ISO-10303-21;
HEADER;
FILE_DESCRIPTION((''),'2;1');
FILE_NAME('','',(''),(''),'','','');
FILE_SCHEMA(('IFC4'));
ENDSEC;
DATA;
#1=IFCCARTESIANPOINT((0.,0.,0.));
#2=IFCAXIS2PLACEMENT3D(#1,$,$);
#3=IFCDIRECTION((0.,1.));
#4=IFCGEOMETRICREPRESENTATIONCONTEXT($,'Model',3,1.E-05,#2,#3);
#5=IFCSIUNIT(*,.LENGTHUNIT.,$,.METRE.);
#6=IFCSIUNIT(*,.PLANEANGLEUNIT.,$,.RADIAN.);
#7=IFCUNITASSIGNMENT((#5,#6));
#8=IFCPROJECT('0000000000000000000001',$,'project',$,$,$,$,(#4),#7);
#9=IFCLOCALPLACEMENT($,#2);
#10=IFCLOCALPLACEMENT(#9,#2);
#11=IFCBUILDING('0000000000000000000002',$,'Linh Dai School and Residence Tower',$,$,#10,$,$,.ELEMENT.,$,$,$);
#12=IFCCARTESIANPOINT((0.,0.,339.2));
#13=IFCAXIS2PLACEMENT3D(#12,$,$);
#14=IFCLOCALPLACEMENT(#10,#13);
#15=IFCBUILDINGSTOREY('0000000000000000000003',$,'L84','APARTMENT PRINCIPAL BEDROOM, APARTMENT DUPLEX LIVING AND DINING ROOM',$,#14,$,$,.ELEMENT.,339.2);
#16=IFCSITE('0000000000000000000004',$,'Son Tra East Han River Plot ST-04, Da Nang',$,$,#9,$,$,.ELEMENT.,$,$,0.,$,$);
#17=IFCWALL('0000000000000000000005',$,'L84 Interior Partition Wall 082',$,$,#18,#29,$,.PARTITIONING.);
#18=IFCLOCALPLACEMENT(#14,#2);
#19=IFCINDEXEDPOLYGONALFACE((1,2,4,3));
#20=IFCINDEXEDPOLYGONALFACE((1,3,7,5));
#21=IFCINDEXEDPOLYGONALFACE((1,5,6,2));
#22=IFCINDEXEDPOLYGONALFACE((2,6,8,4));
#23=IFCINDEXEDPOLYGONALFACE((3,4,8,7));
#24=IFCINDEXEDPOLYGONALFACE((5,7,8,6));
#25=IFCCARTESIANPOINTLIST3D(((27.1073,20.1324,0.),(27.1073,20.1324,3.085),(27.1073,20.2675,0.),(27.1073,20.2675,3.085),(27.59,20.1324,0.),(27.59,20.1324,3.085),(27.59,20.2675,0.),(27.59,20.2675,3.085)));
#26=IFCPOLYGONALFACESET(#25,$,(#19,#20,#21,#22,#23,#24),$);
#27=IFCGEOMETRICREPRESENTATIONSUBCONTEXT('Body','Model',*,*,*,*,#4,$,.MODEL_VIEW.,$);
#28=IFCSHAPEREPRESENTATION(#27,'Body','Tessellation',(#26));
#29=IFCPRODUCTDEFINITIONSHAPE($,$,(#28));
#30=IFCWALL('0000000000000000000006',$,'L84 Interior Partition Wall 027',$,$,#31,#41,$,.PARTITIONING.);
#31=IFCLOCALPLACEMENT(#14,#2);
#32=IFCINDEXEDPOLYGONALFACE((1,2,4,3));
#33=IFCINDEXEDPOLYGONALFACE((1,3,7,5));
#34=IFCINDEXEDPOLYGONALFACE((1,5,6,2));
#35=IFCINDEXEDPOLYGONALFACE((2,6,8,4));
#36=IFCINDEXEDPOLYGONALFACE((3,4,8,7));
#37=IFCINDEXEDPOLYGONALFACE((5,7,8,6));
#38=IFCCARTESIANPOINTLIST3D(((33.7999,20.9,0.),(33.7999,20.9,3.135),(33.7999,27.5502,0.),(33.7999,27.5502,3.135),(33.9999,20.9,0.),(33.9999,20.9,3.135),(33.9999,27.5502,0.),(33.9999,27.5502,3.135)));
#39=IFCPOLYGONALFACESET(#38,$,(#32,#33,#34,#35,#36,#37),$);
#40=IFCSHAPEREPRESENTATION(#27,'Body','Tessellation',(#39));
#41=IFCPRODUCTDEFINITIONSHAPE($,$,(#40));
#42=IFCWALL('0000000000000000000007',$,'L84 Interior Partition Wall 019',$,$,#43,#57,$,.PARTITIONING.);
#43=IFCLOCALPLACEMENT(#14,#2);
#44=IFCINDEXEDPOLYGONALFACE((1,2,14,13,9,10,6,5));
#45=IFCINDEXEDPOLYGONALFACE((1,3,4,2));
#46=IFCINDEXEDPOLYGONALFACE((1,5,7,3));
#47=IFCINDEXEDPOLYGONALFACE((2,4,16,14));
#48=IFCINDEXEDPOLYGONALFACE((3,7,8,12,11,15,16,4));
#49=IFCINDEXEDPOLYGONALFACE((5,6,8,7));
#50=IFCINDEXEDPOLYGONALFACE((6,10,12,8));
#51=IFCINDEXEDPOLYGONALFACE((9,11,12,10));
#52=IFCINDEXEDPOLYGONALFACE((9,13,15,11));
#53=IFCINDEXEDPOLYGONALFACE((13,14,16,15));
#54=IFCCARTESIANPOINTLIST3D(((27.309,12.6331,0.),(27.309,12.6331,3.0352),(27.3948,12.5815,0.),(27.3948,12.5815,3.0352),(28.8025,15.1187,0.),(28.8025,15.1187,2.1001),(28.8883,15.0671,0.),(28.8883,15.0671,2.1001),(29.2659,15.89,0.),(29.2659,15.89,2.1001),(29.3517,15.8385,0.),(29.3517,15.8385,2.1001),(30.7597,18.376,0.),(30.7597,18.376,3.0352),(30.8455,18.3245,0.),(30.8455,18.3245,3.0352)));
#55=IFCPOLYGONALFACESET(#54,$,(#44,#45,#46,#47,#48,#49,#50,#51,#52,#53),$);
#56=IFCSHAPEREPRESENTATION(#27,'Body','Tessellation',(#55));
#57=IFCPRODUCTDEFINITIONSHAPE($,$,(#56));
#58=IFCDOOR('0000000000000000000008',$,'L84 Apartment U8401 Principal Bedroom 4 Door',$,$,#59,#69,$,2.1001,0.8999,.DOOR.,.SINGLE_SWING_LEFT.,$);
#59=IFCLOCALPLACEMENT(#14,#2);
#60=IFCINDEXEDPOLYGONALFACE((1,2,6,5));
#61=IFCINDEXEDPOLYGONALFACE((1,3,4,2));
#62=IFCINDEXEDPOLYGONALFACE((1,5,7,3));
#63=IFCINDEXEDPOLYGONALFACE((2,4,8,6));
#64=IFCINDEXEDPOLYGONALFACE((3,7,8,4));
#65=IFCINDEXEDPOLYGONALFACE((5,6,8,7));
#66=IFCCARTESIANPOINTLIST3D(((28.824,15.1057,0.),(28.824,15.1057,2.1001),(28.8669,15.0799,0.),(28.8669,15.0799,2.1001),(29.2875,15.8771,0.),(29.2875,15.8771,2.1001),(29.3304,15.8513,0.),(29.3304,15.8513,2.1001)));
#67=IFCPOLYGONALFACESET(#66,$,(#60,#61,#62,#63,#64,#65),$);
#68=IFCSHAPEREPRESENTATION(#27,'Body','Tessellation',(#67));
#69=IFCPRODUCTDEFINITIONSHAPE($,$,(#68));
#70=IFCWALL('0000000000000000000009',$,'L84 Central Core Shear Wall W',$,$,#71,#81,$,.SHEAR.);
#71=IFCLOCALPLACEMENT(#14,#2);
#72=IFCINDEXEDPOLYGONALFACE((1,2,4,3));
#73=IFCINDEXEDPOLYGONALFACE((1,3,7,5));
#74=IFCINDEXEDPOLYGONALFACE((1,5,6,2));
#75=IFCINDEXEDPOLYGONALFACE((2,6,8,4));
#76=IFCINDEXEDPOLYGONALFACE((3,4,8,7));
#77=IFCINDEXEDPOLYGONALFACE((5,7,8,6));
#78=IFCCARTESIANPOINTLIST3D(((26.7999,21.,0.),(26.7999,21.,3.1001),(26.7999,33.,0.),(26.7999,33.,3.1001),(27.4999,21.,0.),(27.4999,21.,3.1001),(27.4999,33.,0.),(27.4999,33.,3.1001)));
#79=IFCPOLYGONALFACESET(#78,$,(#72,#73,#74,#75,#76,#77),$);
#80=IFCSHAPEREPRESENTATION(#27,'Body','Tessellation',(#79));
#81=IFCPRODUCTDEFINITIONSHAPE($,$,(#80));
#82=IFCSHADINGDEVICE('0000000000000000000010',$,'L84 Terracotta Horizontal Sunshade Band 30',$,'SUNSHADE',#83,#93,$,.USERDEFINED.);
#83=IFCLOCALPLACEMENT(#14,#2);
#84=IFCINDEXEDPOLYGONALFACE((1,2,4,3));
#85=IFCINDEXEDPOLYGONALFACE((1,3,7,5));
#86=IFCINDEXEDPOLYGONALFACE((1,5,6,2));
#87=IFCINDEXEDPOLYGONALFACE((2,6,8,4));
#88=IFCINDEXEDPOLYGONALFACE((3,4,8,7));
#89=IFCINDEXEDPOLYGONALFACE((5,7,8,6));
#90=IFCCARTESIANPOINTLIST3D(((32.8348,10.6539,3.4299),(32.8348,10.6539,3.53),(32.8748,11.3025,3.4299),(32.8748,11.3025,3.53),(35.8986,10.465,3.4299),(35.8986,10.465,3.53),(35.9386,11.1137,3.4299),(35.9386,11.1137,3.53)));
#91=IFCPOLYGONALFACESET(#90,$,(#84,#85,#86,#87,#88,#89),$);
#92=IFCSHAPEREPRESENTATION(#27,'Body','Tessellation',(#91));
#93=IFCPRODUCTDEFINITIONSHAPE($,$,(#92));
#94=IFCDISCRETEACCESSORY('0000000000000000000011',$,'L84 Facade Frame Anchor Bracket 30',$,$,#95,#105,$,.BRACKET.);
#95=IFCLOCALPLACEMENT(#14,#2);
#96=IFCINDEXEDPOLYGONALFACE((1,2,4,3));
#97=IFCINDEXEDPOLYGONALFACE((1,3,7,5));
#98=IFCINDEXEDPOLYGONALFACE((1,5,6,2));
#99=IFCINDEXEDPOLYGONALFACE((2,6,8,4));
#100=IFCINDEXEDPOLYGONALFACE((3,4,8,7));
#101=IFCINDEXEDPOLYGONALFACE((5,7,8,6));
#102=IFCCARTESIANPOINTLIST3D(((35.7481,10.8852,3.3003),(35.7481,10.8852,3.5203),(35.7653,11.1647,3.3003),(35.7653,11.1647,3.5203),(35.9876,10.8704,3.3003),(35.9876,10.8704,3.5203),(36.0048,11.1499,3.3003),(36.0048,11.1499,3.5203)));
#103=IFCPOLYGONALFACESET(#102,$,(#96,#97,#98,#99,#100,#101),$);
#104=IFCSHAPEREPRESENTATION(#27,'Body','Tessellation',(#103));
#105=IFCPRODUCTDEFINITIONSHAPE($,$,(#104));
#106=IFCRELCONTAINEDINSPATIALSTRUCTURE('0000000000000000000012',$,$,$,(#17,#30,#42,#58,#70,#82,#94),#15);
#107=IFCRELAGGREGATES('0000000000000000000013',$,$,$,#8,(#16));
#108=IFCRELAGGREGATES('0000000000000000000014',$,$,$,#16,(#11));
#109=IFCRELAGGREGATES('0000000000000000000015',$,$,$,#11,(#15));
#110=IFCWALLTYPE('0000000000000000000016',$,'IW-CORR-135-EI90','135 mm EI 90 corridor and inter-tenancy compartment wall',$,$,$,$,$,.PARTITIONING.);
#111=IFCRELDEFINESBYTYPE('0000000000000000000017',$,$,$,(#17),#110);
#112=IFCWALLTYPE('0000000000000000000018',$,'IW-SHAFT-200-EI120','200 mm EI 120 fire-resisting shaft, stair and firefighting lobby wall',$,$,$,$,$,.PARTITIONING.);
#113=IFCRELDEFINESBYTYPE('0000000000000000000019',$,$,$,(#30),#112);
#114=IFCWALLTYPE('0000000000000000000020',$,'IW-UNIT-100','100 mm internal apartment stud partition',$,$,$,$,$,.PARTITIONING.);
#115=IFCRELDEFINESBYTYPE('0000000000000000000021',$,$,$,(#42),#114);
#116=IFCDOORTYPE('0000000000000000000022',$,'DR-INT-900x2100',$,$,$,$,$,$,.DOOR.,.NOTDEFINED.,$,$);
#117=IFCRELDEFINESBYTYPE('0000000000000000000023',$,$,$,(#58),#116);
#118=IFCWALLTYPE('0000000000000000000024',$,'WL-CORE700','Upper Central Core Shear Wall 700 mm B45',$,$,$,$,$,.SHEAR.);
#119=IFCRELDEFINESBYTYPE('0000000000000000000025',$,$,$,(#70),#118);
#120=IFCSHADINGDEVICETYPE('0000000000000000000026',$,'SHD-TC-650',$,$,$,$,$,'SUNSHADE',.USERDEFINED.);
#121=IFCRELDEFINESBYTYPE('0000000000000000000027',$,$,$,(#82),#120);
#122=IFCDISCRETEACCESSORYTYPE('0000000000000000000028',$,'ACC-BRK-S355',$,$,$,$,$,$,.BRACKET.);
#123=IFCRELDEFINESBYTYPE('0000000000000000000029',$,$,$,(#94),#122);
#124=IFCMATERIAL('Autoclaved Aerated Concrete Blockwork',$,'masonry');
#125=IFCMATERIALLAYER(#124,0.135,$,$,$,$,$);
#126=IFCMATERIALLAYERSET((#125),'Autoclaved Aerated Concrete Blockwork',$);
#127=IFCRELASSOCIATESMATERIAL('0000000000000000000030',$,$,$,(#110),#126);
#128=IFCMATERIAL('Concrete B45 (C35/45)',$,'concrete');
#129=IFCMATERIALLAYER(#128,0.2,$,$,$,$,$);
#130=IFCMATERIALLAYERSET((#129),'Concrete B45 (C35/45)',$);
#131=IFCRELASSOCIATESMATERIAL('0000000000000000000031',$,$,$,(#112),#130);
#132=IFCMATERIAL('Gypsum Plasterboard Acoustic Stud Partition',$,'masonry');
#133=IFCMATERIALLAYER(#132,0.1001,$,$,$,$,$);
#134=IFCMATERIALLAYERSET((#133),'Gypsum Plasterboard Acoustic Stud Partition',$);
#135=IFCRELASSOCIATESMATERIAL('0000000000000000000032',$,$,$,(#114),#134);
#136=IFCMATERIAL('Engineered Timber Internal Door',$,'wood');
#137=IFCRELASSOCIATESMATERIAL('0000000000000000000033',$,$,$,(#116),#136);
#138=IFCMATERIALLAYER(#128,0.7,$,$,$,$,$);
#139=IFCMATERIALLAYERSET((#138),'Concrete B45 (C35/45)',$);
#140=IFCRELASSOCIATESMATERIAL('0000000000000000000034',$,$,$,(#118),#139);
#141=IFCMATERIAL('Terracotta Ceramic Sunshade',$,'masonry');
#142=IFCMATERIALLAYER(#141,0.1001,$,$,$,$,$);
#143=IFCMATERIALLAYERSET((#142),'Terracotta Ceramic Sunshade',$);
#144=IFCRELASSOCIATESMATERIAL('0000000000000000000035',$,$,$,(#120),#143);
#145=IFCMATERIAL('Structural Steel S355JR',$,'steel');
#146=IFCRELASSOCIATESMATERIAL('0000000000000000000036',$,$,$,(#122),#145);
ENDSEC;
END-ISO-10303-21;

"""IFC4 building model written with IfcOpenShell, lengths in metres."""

from ifc_helpers import new_model, si_unit, direction, frame, frame_2d, origin, origin_2d, place, context, subcontext, project, spatial, rectangle, extrude, source, transform, mapped, material, layer, layer_set, type_object, element, fill, save


model = new_model("IFC4")

# Units and contexts
model_context = context("Model", 3, precision=1e-05, world=origin(), true_north=direction((0.0, 1.0)))
body_context = subcontext(model_context, "Body", "Model", "MODEL_VIEW")
ifc_project = project(units=[si_unit("LENGTHUNIT", "METRE"), si_unit("PLANEANGLEUNIT", "RADIAN")], contexts=[model_context])

# Site, building, storey
site_placement = place(None, origin())
site = spatial("IfcSite", under=ifc_project, at=site_placement, Name="Son Tra East Han River Plot ST-04, Da Nang", CompositionType="ELEMENT", RefElevation=0.0)
building_placement = place(site_placement, origin())
building = spatial("IfcBuilding", under=site, at=building_placement, Name="Linh Dai School and Residence Tower", CompositionType="ELEMENT")
storey_placement = place(building_placement, frame((0.0, 0.0, 339.2)))
storey = spatial("IfcBuildingStorey", under=building, at=storey_placement, Name="L84", Description="APARTMENT PRINCIPAL BEDROOM, APARTMENT DUPLEX LIVING AND DINING ROOM", CompositionType="ELEMENT", Elevation=339.2)

# Shared definitions
ifc_material_1 = material(Name="Concrete B45 (C35/45)", Category="concrete")
ifc_material_2 = material(Name="Structural Steel S355JR", Category="steel")

# Shared definitions
ifc_material_3 = material(Name="Autoclaved Aerated Concrete Blockwork", Category="masonry")
ifc_layer_1 = layer(ifc_material_3, 0.135)
ifc_layer_set_1 = layer_set([ifc_layer_1], Name="Autoclaved Aerated Concrete Blockwork")
wall_type_1 = type_object("IfcWallType", Name="IW-CORR-135-EI90", Description="135 mm EI 90 corridor and inter-tenancy compartment wall", PredefinedType="PARTITIONING", material=ifc_layer_set_1)

# Walls
wall_1_placement = place(storey_placement, frame((27.1074, 20.2, 0.0), z_axis=(0.0, 0.0, 1.0), x_axis=(1.0, 0.0, 0.0)))
element("IfcWall", 1, at=wall_1_placement, inside=storey, type_object=wall_type_1, Name="L84 Interior Partition Wall 082", PredefinedType="PARTITIONING", context=body_context, shape_type="SweptSolid", body=[
    extrude(rectangle(XDim=0.4827, YDim=0.135, at=frame_2d((0.2412, 0.0))), origin(), (0.0, 0.0, 1.0), 3.085),
])
ifc_layer_2 = layer(ifc_material_1, 0.2)
ifc_layer_set_2 = layer_set([ifc_layer_2], Name="Concrete B45 (C35/45)")
wall_type_2 = type_object("IfcWallType", Name="IW-SHAFT-200-EI120", Description="200 mm EI 120 fire-resisting shaft, stair and firefighting lobby wall", PredefinedType="PARTITIONING", material=ifc_layer_set_2)
wall_2_placement = place(storey_placement, frame((33.8999, 20.8999, 0.0), z_axis=(0.0, 0.0, 1.0), x_axis=(0.0, 1.0, 0.0)))
element("IfcWall", 2, at=wall_2_placement, inside=storey, type_object=wall_type_2, Name="L84 Interior Partition Wall 027", PredefinedType="PARTITIONING", context=body_context, shape_type="SweptSolid", body=[
    extrude(rectangle(XDim=6.6501, YDim=0.2, at=frame_2d((3.3252, 0.0))), origin(), (0.0, 0.0, 1.0), 3.135),
])

# Wall, opening, door
ifc_material_4 = material(Name="Gypsum Plasterboard Acoustic Stud Partition", Category="masonry")
ifc_layer_3 = layer(ifc_material_4, 0.1001)
ifc_layer_set_3 = layer_set([ifc_layer_3], Name="Gypsum Plasterboard Acoustic Stud Partition")
wall_type_3 = type_object("IfcWallType", Name="IW-UNIT-100", Description="100 mm internal apartment stud partition", PredefinedType="PARTITIONING", material=ifc_layer_set_3)
wall_3_placement = place(storey_placement, frame((27.3518, 12.6072, 0.0), z_axis=(0.0, 0.0, 1.0), x_axis=(0.515037, 0.857168, 0.0)))
wall_3 = element("IfcWall", 3, at=wall_3_placement, inside=storey, type_object=wall_type_3, Name="L84 Interior Partition Wall 019", PredefinedType="PARTITIONING", context=body_context, shape_type="SweptSolid", body=[
    extrude(rectangle(XDim=6.7, YDim=0.1001, at=frame_2d((3.3501, 0.0))), origin(), (0.0, 0.0, 1.0), 3.0352),
])
opening_1_placement = place(wall_3_placement, frame((2.8999, 0.0, 0.0)))
opening_1 = element("IfcOpeningElement", 4, at=opening_1_placement, cuts=wall_3, PredefinedType="OPENING", context=body_context, shape_type="SweptSolid", body=[
    extrude(rectangle(XDim=0.8999, YDim=2.1001, at=origin_2d()), frame((0.45, 0.0601, 1.05), z_axis=(0.0, -1.0, 0.0), x_axis=(1.0, 0.0, 0.0)), (0.0, 0.0, 1.0), 0.1201),
])
ifc_material_5 = material(Name="Engineered Timber Internal Door", Category="wood")
door_type_1 = type_object("IfcDoorType", Name="DR-INT-900x2100", OperationType="NOTDEFINED", PredefinedType="DOOR", material=ifc_material_5)
shared_shape_1 = source(origin(), body_context, "Body", "SweptSolid", [
    extrude(rectangle(XDim=0.8999, YDim=2.1001, at=origin_2d()), frame((0.45, 0.0249, 1.05), z_axis=(0.0, -1.0, 0.0), x_axis=(1.0, 0.0, 0.0)), (0.0, 0.0, 1.0), 0.05),
])
door_1_placement = place(opening_1_placement, origin())
door_1 = element("IfcDoor", 5, at=door_1_placement, inside=storey, type_object=door_type_1, Name="L84 Apartment U8401 Principal Bedroom 4 Door", OperationType="SINGLE_SWING_LEFT", OverallHeight=2.1001, OverallWidth=0.8999, PredefinedType="DOOR", context=body_context, shape_type="MappedRepresentation", body=[
    mapped(shared_shape_1, transform((0.0, 0.0, 0.0), x_axis=(1.0, 0.0, 0.0), y_axis=(0.0, 1.0, 0.0), z_axis=(0.0, 0.0, 1.0), scale=1.0)),
])
fill(opening_1, door_1)

# Wall
ifc_layer_4 = layer(ifc_material_1, 0.7)
ifc_layer_set_4 = layer_set([ifc_layer_4], Name="Concrete B45 (C35/45)")
wall_type_4 = type_object("IfcWallType", Name="WL-CORE700", Description="Upper Central Core Shear Wall 700 mm B45", PredefinedType="SHEAR", material=ifc_layer_set_4)
wall_4_placement = place(storey_placement, frame((27.1499, 21.0, 0.0), z_axis=(0.0, 0.0, 1.0), x_axis=(0.0, 1.0, 0.0)))
element("IfcWall", 6, at=wall_4_placement, inside=storey, type_object=wall_type_4, Name="L84 Central Core Shear Wall W", PredefinedType="SHEAR", context=body_context, shape_type="SweptSolid", body=[
    extrude(rectangle(XDim=12.0, YDim=0.7, at=frame_2d((6.0, 0.0))), origin(), (0.0, 0.0, 1.0), 3.1001),
])

# Shading device
ifc_material_6 = material(Name="Terracotta Ceramic Sunshade", Category="masonry")
ifc_layer_5 = layer(ifc_material_6, 0.1001)
ifc_layer_set_5 = layer_set([ifc_layer_5], Name="Terracotta Ceramic Sunshade")
shading_device_type = type_object("IfcShadingDeviceType", Name="SHD-TC-650", ElementType="SUNSHADE", PredefinedType="USERDEFINED", material=ifc_layer_set_5)
shared_shape_2 = source(origin(), body_context, "Body", "SweptSolid", [
    extrude(rectangle(XDim=3.0696, YDim=0.6499, at=origin_2d()), origin(), (0.0, 0.0, 1.0), 0.1001),
])
shading_device_placement = place(storey_placement, frame((34.3867, 10.8838, 3.4299), z_axis=(0.0, 0.0, 1.0), x_axis=(-0.998106, 0.061518, 0.0)))
element("IfcShadingDevice", 7, at=shading_device_placement, inside=storey, type_object=shading_device_type, Name="L84 Terracotta Horizontal Sunshade Band 30", ObjectType="SUNSHADE", PredefinedType="USERDEFINED", context=body_context, shape_type="MappedRepresentation", body=[
    mapped(shared_shape_2, transform((0.0, 0.0, 0.0), x_axis=(1.0, 0.0, 0.0), y_axis=(0.0, 1.0, 0.0), z_axis=(0.0, 0.0, 1.0), scale=1.0)),
])

# Discrete accessory
discrete_accessory_type = type_object("IfcDiscreteAccessoryType", Name="ACC-BRK-S355", PredefinedType="BRACKET", material=ifc_material_2)
shared_shape_3 = source(origin(), body_context, "Body", "SweptSolid", [
    extrude(rectangle(XDim=0.28, YDim=0.24, at=origin_2d()), origin(), (0.0, 0.0, 1.0), 0.22),
])
discrete_accessory_placement = place(storey_placement, frame((35.8765, 11.0176, 3.3003), z_axis=(0.0, 0.0, 1.0), x_axis=(-0.061518, -0.998106, 0.0)))
element("IfcDiscreteAccessory", 8, at=discrete_accessory_placement, inside=storey, type_object=discrete_accessory_type, Name="L84 Facade Frame Anchor Bracket 30", PredefinedType="BRACKET", context=body_context, shape_type="MappedRepresentation", body=[
    mapped(shared_shape_3, transform((0.0, 0.0, 0.0), x_axis=(1.0, 0.0, 0.0), y_axis=(0.0, 1.0, 0.0), z_axis=(0.0, 0.0, 1.0), scale=1.0)),
])

save(model, "model.ifc")
